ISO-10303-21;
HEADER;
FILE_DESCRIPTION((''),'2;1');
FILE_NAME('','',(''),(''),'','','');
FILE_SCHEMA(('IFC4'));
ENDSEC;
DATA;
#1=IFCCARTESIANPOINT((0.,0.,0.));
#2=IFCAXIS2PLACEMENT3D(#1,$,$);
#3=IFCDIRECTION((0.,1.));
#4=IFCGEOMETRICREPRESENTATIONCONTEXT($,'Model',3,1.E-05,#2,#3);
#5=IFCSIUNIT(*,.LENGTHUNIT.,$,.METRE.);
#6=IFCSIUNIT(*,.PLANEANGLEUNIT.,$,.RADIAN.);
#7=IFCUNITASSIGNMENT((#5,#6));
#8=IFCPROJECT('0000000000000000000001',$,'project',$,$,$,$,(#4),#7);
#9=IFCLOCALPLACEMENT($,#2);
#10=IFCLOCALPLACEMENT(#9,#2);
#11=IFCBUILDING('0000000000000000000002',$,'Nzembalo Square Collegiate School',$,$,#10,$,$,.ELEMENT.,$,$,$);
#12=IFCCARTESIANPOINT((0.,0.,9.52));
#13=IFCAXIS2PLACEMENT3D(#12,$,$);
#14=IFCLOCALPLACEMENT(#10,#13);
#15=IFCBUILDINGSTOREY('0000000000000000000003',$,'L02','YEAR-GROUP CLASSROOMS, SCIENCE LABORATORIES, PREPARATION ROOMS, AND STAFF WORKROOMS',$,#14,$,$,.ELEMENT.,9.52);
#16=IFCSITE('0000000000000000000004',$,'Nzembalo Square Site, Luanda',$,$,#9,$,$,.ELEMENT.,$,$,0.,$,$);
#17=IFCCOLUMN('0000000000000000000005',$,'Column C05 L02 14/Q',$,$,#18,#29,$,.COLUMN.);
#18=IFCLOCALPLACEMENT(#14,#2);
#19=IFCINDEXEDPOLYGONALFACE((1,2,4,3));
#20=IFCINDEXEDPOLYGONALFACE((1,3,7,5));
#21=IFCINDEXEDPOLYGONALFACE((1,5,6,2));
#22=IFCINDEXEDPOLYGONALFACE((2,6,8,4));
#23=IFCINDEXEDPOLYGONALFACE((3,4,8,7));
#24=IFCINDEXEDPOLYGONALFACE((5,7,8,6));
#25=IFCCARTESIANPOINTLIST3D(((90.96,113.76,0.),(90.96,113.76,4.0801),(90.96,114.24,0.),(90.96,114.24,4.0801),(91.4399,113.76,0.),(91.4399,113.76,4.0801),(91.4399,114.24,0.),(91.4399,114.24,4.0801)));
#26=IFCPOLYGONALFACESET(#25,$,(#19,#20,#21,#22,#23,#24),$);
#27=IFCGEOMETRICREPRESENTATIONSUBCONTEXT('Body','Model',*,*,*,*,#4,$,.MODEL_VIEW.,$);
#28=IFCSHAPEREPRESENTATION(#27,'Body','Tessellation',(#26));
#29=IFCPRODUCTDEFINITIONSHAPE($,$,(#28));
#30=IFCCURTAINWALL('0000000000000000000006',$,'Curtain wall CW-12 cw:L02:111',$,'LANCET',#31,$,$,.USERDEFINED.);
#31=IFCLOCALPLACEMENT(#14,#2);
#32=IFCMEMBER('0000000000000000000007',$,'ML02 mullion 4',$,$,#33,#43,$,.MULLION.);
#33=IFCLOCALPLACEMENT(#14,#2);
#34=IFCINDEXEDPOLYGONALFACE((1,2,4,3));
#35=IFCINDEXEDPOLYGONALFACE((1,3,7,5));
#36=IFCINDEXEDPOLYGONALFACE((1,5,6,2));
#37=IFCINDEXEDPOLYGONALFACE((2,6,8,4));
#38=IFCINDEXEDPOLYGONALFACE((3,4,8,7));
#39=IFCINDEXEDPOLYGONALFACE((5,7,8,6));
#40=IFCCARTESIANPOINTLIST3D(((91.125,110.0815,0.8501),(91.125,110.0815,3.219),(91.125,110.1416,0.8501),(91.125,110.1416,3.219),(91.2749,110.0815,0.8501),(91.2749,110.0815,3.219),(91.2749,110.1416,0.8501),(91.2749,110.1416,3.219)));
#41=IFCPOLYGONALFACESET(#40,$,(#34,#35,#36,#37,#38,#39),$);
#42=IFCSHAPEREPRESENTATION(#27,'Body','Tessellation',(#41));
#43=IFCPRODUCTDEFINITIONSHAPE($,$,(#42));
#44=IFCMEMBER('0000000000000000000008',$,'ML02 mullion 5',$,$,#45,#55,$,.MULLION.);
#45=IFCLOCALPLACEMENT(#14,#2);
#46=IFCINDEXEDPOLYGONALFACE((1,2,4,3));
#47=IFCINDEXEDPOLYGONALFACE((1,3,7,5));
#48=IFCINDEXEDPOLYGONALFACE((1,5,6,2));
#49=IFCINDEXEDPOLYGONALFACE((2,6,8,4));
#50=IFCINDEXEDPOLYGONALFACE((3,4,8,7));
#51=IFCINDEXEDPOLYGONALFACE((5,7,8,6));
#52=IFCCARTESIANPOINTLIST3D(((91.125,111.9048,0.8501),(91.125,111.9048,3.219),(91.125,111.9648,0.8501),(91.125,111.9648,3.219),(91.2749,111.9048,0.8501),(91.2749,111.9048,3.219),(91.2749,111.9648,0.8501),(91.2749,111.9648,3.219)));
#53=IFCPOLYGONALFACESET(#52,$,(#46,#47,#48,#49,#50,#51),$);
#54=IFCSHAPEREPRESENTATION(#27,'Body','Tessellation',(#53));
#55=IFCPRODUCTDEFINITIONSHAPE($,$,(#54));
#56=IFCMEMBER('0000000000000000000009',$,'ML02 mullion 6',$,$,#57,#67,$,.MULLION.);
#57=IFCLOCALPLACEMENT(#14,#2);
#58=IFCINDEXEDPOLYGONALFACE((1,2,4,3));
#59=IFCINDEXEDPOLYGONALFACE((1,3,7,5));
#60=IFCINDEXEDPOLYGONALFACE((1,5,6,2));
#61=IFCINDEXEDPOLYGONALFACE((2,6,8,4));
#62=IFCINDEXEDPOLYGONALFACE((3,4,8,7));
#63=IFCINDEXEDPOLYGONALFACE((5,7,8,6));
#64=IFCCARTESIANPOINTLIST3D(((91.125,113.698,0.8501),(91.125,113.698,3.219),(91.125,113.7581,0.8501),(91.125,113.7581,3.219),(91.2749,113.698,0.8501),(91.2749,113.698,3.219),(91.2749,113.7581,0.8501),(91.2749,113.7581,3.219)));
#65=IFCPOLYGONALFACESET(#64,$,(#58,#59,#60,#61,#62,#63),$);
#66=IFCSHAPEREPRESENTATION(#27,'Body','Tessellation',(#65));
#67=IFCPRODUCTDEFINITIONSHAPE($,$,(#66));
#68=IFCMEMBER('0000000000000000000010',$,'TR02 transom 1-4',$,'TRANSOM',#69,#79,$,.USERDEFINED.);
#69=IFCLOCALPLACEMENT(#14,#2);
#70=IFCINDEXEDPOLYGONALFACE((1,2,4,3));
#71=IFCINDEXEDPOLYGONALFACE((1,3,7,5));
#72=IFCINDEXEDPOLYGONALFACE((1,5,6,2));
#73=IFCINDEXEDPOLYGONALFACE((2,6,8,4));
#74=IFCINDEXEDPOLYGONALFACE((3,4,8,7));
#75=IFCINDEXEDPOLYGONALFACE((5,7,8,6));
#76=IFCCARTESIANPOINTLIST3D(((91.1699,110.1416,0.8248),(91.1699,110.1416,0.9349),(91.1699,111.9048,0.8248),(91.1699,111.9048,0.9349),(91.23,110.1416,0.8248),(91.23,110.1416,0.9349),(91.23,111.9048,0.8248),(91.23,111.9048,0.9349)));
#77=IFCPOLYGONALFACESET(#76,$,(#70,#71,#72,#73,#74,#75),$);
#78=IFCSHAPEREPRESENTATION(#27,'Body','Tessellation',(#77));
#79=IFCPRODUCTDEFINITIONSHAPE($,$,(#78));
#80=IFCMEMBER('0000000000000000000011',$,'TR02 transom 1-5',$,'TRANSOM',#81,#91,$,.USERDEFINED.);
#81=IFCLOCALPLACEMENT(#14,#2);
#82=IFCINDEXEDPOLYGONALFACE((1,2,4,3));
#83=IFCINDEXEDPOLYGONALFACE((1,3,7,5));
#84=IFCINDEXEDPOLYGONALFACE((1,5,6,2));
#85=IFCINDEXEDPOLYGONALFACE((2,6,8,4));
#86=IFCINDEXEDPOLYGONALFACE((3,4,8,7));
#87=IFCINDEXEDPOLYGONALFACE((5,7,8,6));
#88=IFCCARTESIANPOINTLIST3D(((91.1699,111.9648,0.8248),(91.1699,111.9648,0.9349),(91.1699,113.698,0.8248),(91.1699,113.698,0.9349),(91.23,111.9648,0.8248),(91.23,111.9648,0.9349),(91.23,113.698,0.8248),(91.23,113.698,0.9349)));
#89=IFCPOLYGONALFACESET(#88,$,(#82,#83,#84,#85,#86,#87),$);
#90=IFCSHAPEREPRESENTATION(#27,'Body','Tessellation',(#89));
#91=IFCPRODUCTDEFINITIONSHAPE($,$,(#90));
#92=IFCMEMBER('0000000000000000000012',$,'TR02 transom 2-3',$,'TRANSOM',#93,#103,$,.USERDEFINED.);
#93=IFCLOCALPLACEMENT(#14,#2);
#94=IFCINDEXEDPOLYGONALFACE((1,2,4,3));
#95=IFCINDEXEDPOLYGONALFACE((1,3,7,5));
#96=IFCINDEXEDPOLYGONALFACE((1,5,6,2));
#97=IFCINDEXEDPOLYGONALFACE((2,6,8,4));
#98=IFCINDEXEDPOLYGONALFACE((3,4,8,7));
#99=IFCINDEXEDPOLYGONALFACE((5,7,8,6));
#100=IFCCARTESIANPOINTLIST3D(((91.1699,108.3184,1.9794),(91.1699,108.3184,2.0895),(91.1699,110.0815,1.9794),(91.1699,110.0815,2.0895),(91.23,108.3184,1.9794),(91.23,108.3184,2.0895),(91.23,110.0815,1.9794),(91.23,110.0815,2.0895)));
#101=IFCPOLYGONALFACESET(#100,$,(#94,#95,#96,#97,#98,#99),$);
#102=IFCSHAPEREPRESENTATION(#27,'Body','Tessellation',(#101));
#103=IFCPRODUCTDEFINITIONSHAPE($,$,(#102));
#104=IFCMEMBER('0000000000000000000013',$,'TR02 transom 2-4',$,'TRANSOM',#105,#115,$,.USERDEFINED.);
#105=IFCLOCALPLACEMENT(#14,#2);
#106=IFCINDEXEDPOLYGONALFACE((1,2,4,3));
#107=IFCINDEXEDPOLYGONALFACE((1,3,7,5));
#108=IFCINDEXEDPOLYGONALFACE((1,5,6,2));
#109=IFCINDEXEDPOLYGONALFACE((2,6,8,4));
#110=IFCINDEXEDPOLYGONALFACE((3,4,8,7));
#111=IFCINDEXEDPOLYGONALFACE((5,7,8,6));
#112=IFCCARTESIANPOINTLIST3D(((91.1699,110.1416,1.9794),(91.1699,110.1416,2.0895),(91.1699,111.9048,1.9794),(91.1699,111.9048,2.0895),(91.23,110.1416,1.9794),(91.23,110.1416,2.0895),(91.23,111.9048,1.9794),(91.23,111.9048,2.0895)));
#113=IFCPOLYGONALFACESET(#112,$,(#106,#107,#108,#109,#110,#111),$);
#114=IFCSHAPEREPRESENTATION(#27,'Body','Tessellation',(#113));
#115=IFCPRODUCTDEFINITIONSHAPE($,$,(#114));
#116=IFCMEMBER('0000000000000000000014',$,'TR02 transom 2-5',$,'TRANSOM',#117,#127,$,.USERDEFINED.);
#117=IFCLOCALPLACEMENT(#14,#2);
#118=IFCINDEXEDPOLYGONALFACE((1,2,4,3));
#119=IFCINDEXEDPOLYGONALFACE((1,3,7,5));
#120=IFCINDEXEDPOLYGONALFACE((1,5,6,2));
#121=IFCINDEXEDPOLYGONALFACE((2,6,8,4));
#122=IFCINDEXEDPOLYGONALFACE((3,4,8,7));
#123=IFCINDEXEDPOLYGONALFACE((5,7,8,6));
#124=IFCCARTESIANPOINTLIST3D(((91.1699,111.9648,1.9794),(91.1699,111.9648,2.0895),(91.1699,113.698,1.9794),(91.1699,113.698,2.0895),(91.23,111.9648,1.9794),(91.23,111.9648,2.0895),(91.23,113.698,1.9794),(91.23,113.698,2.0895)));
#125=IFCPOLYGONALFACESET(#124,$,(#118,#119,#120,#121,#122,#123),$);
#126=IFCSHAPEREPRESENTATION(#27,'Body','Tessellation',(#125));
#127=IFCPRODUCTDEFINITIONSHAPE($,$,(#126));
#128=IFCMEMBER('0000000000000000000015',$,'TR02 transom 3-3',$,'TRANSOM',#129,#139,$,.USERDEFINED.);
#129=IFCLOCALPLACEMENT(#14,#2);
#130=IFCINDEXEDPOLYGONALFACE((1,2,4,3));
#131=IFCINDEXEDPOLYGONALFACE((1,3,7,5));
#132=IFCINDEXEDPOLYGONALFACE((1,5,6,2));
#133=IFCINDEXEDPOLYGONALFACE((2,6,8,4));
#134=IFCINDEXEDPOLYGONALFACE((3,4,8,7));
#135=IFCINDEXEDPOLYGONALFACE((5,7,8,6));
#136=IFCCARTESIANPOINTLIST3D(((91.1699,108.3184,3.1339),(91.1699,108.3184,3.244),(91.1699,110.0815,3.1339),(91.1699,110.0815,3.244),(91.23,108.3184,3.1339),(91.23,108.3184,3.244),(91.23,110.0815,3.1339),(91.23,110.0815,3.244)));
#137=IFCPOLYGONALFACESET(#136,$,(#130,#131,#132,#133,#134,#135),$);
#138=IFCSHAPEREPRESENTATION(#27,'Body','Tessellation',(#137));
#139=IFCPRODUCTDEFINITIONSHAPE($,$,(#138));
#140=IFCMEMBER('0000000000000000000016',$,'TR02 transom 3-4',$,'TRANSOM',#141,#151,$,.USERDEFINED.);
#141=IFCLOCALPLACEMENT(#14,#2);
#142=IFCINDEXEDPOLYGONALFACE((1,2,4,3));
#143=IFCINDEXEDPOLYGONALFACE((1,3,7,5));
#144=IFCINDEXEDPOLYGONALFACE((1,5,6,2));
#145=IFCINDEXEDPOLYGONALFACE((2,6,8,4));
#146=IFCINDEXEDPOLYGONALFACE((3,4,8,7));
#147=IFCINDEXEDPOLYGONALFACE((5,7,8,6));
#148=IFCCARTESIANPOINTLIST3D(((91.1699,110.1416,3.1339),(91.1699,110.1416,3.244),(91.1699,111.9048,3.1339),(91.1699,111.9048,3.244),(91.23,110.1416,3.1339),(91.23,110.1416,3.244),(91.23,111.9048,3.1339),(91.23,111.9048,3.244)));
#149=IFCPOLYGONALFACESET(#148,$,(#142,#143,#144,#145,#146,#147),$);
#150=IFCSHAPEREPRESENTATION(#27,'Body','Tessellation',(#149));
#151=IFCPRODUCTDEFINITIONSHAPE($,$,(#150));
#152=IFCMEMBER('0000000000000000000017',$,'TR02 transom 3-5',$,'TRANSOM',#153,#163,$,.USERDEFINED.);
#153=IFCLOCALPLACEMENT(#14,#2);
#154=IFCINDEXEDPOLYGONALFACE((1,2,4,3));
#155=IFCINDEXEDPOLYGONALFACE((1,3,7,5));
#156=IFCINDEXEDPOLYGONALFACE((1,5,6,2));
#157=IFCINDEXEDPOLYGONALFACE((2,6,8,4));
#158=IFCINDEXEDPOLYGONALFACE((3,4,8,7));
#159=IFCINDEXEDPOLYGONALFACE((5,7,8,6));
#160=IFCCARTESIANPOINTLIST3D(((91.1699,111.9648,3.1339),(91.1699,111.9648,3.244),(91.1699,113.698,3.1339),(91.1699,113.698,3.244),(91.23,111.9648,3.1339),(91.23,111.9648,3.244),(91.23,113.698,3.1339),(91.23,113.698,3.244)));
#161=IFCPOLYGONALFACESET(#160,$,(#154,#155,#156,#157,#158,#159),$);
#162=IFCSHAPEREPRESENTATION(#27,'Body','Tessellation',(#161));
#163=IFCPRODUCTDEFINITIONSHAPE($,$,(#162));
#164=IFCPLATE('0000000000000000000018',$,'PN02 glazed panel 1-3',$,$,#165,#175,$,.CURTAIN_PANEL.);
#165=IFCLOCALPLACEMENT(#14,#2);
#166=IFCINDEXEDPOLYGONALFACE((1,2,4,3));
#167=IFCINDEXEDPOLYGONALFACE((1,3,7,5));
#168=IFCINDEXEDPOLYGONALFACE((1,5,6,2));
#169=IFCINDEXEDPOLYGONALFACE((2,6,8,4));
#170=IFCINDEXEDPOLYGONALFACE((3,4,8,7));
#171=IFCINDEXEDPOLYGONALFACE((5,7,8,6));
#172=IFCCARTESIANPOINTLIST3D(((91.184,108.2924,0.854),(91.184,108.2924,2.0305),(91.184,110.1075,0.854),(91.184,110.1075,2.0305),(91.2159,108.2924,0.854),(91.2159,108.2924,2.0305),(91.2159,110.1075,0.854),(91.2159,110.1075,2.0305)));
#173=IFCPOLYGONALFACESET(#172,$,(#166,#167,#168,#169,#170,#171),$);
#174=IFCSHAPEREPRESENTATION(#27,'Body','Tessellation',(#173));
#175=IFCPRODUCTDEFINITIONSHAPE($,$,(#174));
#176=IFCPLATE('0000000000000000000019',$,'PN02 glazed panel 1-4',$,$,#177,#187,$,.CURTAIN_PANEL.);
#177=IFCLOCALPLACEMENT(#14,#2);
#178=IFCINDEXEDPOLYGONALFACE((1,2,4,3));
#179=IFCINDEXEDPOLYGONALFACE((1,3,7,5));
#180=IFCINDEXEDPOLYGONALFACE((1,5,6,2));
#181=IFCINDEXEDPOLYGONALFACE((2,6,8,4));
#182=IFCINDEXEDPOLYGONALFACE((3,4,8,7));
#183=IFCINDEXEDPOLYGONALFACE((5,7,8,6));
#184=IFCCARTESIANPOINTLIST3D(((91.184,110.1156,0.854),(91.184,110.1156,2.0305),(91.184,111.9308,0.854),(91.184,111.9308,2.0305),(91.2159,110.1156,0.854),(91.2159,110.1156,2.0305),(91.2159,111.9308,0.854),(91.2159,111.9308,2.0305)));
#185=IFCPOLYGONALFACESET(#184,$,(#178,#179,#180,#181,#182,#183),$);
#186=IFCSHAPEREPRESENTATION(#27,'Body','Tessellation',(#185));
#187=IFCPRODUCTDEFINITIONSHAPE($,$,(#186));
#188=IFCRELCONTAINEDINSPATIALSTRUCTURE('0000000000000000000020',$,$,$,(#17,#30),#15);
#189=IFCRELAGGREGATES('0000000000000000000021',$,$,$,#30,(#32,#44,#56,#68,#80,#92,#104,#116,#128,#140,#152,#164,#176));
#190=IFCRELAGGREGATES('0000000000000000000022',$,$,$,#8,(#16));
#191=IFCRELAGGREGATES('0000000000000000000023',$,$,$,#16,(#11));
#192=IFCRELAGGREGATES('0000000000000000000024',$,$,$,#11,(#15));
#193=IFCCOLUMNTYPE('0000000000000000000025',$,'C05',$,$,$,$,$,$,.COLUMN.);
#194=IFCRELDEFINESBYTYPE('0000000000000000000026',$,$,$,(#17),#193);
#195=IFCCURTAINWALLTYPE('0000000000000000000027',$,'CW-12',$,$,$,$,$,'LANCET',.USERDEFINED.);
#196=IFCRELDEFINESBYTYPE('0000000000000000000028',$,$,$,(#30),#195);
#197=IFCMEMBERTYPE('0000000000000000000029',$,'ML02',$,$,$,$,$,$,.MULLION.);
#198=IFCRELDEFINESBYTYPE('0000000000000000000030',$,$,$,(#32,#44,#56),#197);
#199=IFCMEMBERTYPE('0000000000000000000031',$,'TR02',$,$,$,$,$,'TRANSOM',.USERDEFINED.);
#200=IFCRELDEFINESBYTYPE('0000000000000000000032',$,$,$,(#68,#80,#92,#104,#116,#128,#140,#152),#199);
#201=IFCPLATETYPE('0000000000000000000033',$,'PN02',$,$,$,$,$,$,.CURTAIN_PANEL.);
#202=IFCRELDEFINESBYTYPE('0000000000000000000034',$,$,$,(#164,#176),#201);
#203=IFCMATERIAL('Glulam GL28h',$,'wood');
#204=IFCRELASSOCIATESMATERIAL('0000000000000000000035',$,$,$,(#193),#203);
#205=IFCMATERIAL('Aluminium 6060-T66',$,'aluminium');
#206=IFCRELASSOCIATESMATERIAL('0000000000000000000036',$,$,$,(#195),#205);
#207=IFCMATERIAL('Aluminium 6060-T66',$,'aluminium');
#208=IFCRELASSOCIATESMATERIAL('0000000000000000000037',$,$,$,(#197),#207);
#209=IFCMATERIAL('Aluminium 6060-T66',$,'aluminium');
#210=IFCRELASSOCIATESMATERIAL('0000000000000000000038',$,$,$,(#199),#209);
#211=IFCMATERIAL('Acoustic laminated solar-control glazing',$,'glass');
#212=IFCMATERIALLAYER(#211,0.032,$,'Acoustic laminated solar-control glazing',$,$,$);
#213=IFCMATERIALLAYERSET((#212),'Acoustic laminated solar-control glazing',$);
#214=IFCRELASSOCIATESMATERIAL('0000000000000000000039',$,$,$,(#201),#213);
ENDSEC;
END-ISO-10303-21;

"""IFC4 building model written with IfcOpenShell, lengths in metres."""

from ifc_helpers import new_model, si_unit, direction, frame, origin, origin_2d, place, context, subcontext, project, spatial, rectangle, extrude, material, layer, layer_set, material_profile, profile_set, type_object, element, aggregate, save


model = new_model("IFC4")

# Units and contexts
model_context = context("Model", 3, precision=1e-05, world=origin(), true_north=direction((0.0, 1.0)))
body_context = subcontext(model_context, "Body", "Model", "MODEL_VIEW")
ifc_project = project(units=[si_unit("LENGTHUNIT", "METRE"), si_unit("PLANEANGLEUNIT", "RADIAN")], contexts=[model_context])

# Site, building, storey
site_placement = place(None, origin())
site = spatial("IfcSite", under=ifc_project, at=site_placement, Name="Nzembalo Square Site, Luanda", CompositionType="ELEMENT", RefElevation=0.0)
building_placement = place(site_placement, origin())
building = spatial("IfcBuilding", under=site, at=building_placement, Name="Nzembalo Square Collegiate School", CompositionType="ELEMENT")
storey_placement = place(building_placement, frame((0.0, 0.0, 9.52)))
storey = spatial("IfcBuildingStorey", under=building, at=storey_placement, Name="L02", Description="YEAR-GROUP CLASSROOMS, SCIENCE LABORATORIES, PREPARATION ROOMS, AND STAFF WORKROOMS", CompositionType="ELEMENT", Elevation=9.52)

# Column
ifc_material_1 = material(Name="Glulam GL28h", Category="wood")
ifc_material_profile_1 = material_profile(ifc_material_1, rectangle(XDim=0.48, YDim=0.48, at=origin_2d()), Name="GL28h 480x480")
ifc_profile_set_1 = profile_set([ifc_material_profile_1], Name="Glulam GL28h")
column_type = type_object("IfcColumnType", Name="C05", PredefinedType="COLUMN", material=ifc_profile_set_1)
column_placement = place(storey_placement, frame((91.2, 114.0, 0.0), z_axis=(0.0, 0.0, 1.0), x_axis=(1.0, 0.0, 0.0)))
element("IfcColumn", 1, at=column_placement, inside=storey, type_object=column_type, Name="Column C05 L02 14/Q", PredefinedType="COLUMN", context=body_context, shape_type="SweptSolid", body=[
    extrude(rectangle(XDim=0.48, YDim=0.48, at=origin_2d()), origin(), (0.0, 0.0, 1.0), 4.0801),
])

# Curtain wall, members, plates
ifc_material_2 = material(Name="Aluminium 6060-T66", Category="aluminium")
curtain_wall_type = type_object("IfcCurtainWallType", Name="CW-12", ElementType="LANCET", PredefinedType="USERDEFINED", material=ifc_material_2)
curtain_wall_placement = place(storey_placement, origin())
curtain_wall = element("IfcCurtainWall", 2, at=curtain_wall_placement, inside=storey, type_object=curtain_wall_type, Name="Curtain wall CW-12 cw:L02:111", ObjectType="LANCET", PredefinedType="USERDEFINED")
ifc_material_3 = material(Name="Aluminium 6060-T66", Category="aluminium")
ifc_material_profile_2 = material_profile(ifc_material_3, rectangle(XDim=0.0601, YDim=0.1499, at=origin_2d()), Name="ALU M60x150")
ifc_profile_set_2 = profile_set([ifc_material_profile_2], Name="Aluminium 6060-T66")
member_type_1 = type_object("IfcMemberType", Name="ML02", PredefinedType="MULLION", material=ifc_profile_set_2)
member_1_placement = place(storey_placement, frame((91.2, 110.1116, 0.8501), z_axis=(0.0, 0.0, 1.0), x_axis=(0.0, 1.0, 0.0)))
member_1 = element("IfcMember", 3, at=member_1_placement, type_object=member_type_1, Name="ML02 mullion 4", PredefinedType="MULLION", context=body_context, shape_type="SweptSolid", body=[
    extrude(rectangle(XDim=0.0601, YDim=0.1499, at=origin_2d()), origin(), (0.0, 0.0, 1.0), 2.3689),
])
member_2_placement = place(storey_placement, frame((91.2, 111.9348, 0.8501), z_axis=(0.0, 0.0, 1.0), x_axis=(0.0, 1.0, 0.0)))
member_2 = element("IfcMember", 4, at=member_2_placement, type_object=member_type_1, Name="ML02 mullion 5", PredefinedType="MULLION", context=body_context, shape_type="SweptSolid", body=[
    extrude(rectangle(XDim=0.0601, YDim=0.1499, at=origin_2d()), origin(), (0.0, 0.0, 1.0), 2.3689),
])
member_3_placement = place(storey_placement, frame((91.2, 113.728, 0.8501), z_axis=(0.0, 0.0, 1.0), x_axis=(0.0, 1.0, 0.0)))
member_3 = element("IfcMember", 5, at=member_3_placement, type_object=member_type_1, Name="ML02 mullion 6", PredefinedType="MULLION", context=body_context, shape_type="SweptSolid", body=[
    extrude(rectangle(XDim=0.0601, YDim=0.1499, at=origin_2d()), origin(), (0.0, 0.0, 1.0), 2.3689),
])
ifc_material_4 = material(Name="Aluminium 6060-T66", Category="aluminium")
ifc_material_profile_3 = material_profile(ifc_material_4, rectangle(XDim=0.0601, YDim=0.1101, at=origin_2d()), Name="ALU T60x110")
ifc_profile_set_3 = profile_set([ifc_material_profile_3], Name="Aluminium 6060-T66")
member_type_2 = type_object("IfcMemberType", Name="TR02", ElementType="TRANSOM", PredefinedType="USERDEFINED", material=ifc_profile_set_3)
member_4_placement = place(storey_placement, frame((91.2, 110.1416, 0.8799), z_axis=(0.0, 1.0, 0.0), x_axis=(-1.0, 0.0, 0.0)))
member_4 = element("IfcMember", 6, at=member_4_placement, type_object=member_type_2, Name="TR02 transom 1-4", ObjectType="TRANSOM", PredefinedType="USERDEFINED", context=body_context, shape_type="SweptSolid", body=[
    extrude(rectangle(XDim=0.0601, YDim=0.1101, at=origin_2d()), origin(), (0.0, 0.0, 1.0), 1.7632),
])
member_5_placement = place(storey_placement, frame((91.2, 111.9648, 0.8799), z_axis=(0.0, 1.0, 0.0), x_axis=(-1.0, 0.0, 0.0)))
member_5 = element("IfcMember", 7, at=member_5_placement, type_object=member_type_2, Name="TR02 transom 1-5", ObjectType="TRANSOM", PredefinedType="USERDEFINED", context=body_context, shape_type="SweptSolid", body=[
    extrude(rectangle(XDim=0.0601, YDim=0.1101, at=origin_2d()), origin(), (0.0, 0.0, 1.0), 1.7332),
])
member_6_placement = place(storey_placement, frame((91.2, 108.3184, 2.0344), z_axis=(0.0, 1.0, 0.0), x_axis=(-1.0, 0.0, 0.0)))
member_6 = element("IfcMember", 8, at=member_6_placement, type_object=member_type_2, Name="TR02 transom 2-3", ObjectType="TRANSOM", PredefinedType="USERDEFINED", context=body_context, shape_type="SweptSolid", body=[
    extrude(rectangle(XDim=0.0601, YDim=0.1101, at=origin_2d()), origin(), (0.0, 0.0, 1.0), 1.7632),
])
member_7_placement = place(storey_placement, frame((91.2, 110.1416, 2.0344), z_axis=(0.0, 1.0, 0.0), x_axis=(-1.0, 0.0, 0.0)))
member_7 = element("IfcMember", 9, at=member_7_placement, type_object=member_type_2, Name="TR02 transom 2-4", ObjectType="TRANSOM", PredefinedType="USERDEFINED", context=body_context, shape_type="SweptSolid", body=[
    extrude(rectangle(XDim=0.0601, YDim=0.1101, at=origin_2d()), origin(), (0.0, 0.0, 1.0), 1.7632),
])
member_8_placement = place(storey_placement, frame((91.2, 111.9648, 2.0344), z_axis=(0.0, 1.0, 0.0), x_axis=(-1.0, 0.0, 0.0)))
member_8 = element("IfcMember", 10, at=member_8_placement, type_object=member_type_2, Name="TR02 transom 2-5", ObjectType="TRANSOM", PredefinedType="USERDEFINED", context=body_context, shape_type="SweptSolid", body=[
    extrude(rectangle(XDim=0.0601, YDim=0.1101, at=origin_2d()), origin(), (0.0, 0.0, 1.0), 1.7332),
])
member_9_placement = place(storey_placement, frame((91.2, 108.3184, 3.189), z_axis=(0.0, 1.0, 0.0), x_axis=(-1.0, 0.0, 0.0)))
member_9 = element("IfcMember", 11, at=member_9_placement, type_object=member_type_2, Name="TR02 transom 3-3", ObjectType="TRANSOM", PredefinedType="USERDEFINED", context=body_context, shape_type="SweptSolid", body=[
    extrude(rectangle(XDim=0.0601, YDim=0.1101, at=origin_2d()), origin(), (0.0, 0.0, 1.0), 1.7632),
])
member_10_placement = place(storey_placement, frame((91.2, 110.1416, 3.189), z_axis=(0.0, 1.0, 0.0), x_axis=(-1.0, 0.0, 0.0)))
member_10 = element("IfcMember", 12, at=member_10_placement, type_object=member_type_2, Name="TR02 transom 3-4", ObjectType="TRANSOM", PredefinedType="USERDEFINED", context=body_context, shape_type="SweptSolid", body=[
    extrude(rectangle(XDim=0.0601, YDim=0.1101, at=origin_2d()), origin(), (0.0, 0.0, 1.0), 1.7632),
])
member_11_placement = place(storey_placement, frame((91.2, 111.9648, 3.189), z_axis=(0.0, 1.0, 0.0), x_axis=(-1.0, 0.0, 0.0)))
member_11 = element("IfcMember", 13, at=member_11_placement, type_object=member_type_2, Name="TR02 transom 3-5", ObjectType="TRANSOM", PredefinedType="USERDEFINED", context=body_context, shape_type="SweptSolid", body=[
    extrude(rectangle(XDim=0.0601, YDim=0.1101, at=origin_2d()), origin(), (0.0, 0.0, 1.0), 1.7332),
])
ifc_material_5 = material(Name="Acoustic laminated solar-control glazing", Category="glass")
ifc_layer_1 = layer(ifc_material_5, 0.032, Name="Acoustic laminated solar-control glazing")
ifc_layer_set_1 = layer_set([ifc_layer_1], Name="Acoustic laminated solar-control glazing")
plate_type = type_object("IfcPlateType", Name="PN02", PredefinedType="CURTAIN_PANEL", material=ifc_layer_set_1)
plate_1_placement = place(storey_placement, frame((91.2, 109.2, 0.854), z_axis=(0.0, 0.0, 1.0), x_axis=(0.0, 1.0, 0.0)))
plate_1 = element("IfcPlate", 14, at=plate_1_placement, type_object=plate_type, Name="PN02 glazed panel 1-3", PredefinedType="CURTAIN_PANEL", context=body_context, shape_type="SweptSolid", body=[
    extrude(rectangle(XDim=1.8152, YDim=0.032, at=origin_2d()), origin(), (0.0, 0.0, 1.0), 1.1765),
])
plate_2_placement = place(storey_placement, frame((91.2, 111.0232, 0.854), z_axis=(0.0, 0.0, 1.0), x_axis=(0.0, 1.0, 0.0)))
plate_2 = element("IfcPlate", 15, at=plate_2_placement, type_object=plate_type, Name="PN02 glazed panel 1-4", PredefinedType="CURTAIN_PANEL", context=body_context, shape_type="SweptSolid", body=[
    extrude(rectangle(XDim=1.8152, YDim=0.032, at=origin_2d()), origin(), (0.0, 0.0, 1.0), 1.1765),
])
aggregate(curtain_wall, [member_1, member_2, member_3, member_4, member_5, member_6, member_7, member_8, member_9, member_10, member_11, plate_1, plate_2])

save(model, "model.ifc")
